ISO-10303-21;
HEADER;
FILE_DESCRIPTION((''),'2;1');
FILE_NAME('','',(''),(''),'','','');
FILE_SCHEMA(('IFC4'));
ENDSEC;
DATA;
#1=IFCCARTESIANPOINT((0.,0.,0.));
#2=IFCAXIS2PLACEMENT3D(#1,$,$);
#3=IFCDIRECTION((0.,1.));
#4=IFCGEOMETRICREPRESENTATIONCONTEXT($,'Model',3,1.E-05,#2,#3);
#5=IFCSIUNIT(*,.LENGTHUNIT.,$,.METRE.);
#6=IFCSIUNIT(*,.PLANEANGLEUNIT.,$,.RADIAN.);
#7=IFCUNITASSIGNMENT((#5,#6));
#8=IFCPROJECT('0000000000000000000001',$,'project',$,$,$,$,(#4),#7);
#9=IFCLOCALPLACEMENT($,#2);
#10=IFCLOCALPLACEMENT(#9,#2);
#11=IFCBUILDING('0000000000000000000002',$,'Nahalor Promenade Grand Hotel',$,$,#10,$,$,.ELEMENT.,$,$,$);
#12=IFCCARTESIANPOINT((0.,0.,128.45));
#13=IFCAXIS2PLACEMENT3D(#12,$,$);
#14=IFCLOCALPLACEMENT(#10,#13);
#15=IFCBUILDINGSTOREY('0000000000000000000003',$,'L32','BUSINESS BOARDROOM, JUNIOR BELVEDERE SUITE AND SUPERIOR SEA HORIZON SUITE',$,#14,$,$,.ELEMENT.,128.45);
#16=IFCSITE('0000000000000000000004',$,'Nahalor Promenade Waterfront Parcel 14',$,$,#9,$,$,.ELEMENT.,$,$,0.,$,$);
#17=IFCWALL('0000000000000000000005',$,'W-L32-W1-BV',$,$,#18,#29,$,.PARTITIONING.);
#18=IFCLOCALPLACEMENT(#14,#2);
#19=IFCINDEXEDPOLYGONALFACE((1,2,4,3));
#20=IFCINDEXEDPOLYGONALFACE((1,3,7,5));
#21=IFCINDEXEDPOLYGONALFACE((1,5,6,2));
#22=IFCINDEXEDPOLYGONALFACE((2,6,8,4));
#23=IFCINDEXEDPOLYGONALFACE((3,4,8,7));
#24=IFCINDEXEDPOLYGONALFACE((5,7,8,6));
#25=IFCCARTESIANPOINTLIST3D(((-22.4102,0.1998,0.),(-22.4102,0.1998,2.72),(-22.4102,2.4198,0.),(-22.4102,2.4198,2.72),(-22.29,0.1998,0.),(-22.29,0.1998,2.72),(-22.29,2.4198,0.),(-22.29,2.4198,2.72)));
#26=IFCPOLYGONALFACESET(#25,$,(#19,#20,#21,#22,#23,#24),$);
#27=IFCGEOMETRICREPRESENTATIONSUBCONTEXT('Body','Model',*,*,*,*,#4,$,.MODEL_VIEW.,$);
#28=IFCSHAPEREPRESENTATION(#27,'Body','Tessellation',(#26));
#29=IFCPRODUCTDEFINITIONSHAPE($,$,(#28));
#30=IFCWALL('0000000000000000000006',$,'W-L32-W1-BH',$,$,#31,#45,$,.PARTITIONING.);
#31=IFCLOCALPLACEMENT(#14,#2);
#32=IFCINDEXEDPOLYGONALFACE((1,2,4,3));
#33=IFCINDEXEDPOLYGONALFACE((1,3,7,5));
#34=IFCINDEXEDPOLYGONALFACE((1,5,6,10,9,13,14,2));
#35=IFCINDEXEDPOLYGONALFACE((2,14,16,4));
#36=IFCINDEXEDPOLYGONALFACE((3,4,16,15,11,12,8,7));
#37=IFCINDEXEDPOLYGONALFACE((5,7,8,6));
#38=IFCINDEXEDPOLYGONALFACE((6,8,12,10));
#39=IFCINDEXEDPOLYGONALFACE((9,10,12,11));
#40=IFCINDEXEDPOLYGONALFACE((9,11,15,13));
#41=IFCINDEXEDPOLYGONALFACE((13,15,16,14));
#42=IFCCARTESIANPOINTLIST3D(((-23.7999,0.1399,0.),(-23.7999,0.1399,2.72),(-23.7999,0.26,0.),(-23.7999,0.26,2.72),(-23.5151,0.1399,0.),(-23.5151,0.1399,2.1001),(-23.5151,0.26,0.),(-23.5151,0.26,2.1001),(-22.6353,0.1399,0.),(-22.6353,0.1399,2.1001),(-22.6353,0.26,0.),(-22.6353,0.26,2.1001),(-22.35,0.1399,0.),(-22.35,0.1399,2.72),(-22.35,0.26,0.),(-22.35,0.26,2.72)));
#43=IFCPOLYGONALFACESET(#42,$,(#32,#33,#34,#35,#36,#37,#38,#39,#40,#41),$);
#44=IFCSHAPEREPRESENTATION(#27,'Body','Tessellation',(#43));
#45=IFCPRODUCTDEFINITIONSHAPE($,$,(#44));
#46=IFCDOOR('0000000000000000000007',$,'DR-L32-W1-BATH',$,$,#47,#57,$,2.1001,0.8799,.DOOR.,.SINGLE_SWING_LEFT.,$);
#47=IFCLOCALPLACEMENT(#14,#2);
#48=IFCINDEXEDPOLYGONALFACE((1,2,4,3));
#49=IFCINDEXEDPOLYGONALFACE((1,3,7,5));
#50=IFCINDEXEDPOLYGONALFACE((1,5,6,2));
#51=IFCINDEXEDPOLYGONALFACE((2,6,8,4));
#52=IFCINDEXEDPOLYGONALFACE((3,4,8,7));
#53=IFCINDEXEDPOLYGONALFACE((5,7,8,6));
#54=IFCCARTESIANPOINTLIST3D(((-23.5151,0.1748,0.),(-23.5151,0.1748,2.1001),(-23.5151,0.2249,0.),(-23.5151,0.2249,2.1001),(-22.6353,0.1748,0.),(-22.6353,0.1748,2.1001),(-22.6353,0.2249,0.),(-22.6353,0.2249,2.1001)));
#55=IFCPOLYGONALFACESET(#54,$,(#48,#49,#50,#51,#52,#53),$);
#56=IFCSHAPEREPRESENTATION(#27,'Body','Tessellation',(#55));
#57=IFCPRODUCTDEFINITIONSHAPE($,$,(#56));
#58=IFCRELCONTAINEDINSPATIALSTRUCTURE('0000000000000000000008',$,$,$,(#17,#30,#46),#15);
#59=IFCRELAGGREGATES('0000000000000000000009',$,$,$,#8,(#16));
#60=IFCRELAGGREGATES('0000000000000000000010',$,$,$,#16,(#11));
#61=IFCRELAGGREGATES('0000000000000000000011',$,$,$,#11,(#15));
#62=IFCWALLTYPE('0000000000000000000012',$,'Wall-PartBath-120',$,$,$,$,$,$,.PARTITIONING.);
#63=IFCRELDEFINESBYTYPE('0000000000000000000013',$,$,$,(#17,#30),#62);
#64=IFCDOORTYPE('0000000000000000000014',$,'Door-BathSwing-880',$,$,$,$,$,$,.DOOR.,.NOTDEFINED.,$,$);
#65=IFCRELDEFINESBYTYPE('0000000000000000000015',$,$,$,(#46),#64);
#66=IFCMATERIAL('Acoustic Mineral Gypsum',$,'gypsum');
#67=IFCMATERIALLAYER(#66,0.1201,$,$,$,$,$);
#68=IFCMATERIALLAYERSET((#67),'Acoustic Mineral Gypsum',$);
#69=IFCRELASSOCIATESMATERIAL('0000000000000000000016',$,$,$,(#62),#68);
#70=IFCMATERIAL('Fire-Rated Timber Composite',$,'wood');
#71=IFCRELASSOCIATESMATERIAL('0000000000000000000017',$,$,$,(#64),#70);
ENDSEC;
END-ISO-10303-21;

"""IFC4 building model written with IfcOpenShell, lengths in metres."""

from ifc_helpers import new_model, si_unit, direction, frame, frame_2d, origin, place, context, subcontext, project, spatial, rectangle, extrude, source, transform, mapped, material, layer, layer_set, type_object, element, fill, save


model = new_model("IFC4")

# Units and contexts
model_context = context("Model", 3, precision=1e-05, world=origin(), true_north=direction((0.0, 1.0)))
body_context = subcontext(model_context, "Body", "Model", "MODEL_VIEW")
ifc_project = project(units=[si_unit("LENGTHUNIT", "METRE"), si_unit("PLANEANGLEUNIT", "RADIAN")], contexts=[model_context])

# Site, building, storey
site_placement = place(None, origin())
site = spatial("IfcSite", under=ifc_project, at=site_placement, Name="Nahalor Promenade Waterfront Parcel 14", CompositionType="ELEMENT", RefElevation=0.0)
building_placement = place(site_placement, origin())
building = spatial("IfcBuilding", under=site, at=building_placement, Name="Nahalor Promenade Grand Hotel", CompositionType="ELEMENT")
storey_placement = place(building_placement, frame((0.0, 0.0, 128.45)))
storey = spatial("IfcBuildingStorey", under=building, at=storey_placement, Name="L32", Description="BUSINESS BOARDROOM, JUNIOR BELVEDERE SUITE AND SUPERIOR SEA HORIZON SUITE", CompositionType="ELEMENT", Elevation=128.45)

# Shared definitions
ifc_material_1 = material(Name="Acoustic Mineral Gypsum", Category="gypsum")
ifc_material_2 = material(Name="Fire-Rated Timber Composite", Category="wood")

# Wall
ifc_layer_1 = layer(ifc_material_1, 0.1201)
ifc_layer_set_1 = layer_set([ifc_layer_1], Name="Acoustic Mineral Gypsum")
wall_type_1 = type_object("IfcWallType", Name="Wall-PartBath-120", PredefinedType="PARTITIONING", material=ifc_layer_set_1)
shared_shape_1 = source(origin(), body_context, "Body", "SweptSolid", [
    extrude(rectangle(XDim=2.22, YDim=0.1201, at=frame_2d((1.1099, 0.0))), origin(), (0.0, 0.0, 1.0), 2.72),
])
wall_1_placement = place(storey_placement, frame((-22.3501, 0.2, 0.0), z_axis=(0.0, 0.0, 1.0), x_axis=(0.0, 1.0, 0.0)))
element("IfcWall", 1, at=wall_1_placement, inside=storey, type_object=wall_type_1, Name="W-L32-W1-BV", PredefinedType="PARTITIONING", context=body_context, shape_type="MappedRepresentation", body=[
    mapped(shared_shape_1, transform((0.0, 0.0, 0.0), scale=1.0)),
])

# Wall, opening, door
shared_shape_2 = source(origin(), body_context, "Body", "SweptSolid", [
    extrude(rectangle(XDim=1.45, YDim=0.1201, at=frame_2d((0.7251, 0.0))), origin(), (0.0, 0.0, 1.0), 2.72),
])
wall_2_placement = place(storey_placement, frame((-23.8, 0.2, 0.0), z_axis=(0.0, 0.0, 1.0), x_axis=(1.0, 0.0, 0.0)))
wall_2 = element("IfcWall", 2, at=wall_2_placement, inside=storey, type_object=wall_type_1, Name="W-L32-W1-BH", PredefinedType="PARTITIONING", context=body_context, shape_type="MappedRepresentation", body=[
    mapped(shared_shape_2, transform((0.0, 0.0, 0.0), scale=1.0)),
])
opening_1_placement = place(wall_2_placement, frame((0.2849, 0.0, 0.0)))
opening_1 = element("IfcOpeningElement", 3, at=opening_1_placement, cuts=wall_2, PredefinedType="OPENING", context=body_context, shape_type="SweptSolid", body=[
    extrude(rectangle(XDim=0.8799, YDim=2.1001, at=frame_2d((0.4399, 1.05))), frame((0.0, 0.0701, 0.0), z_axis=(0.0, -1.0, 0.0), x_axis=(1.0, 0.0, 0.0)), (0.0, 0.0, 1.0), 0.1401),
])
door_type_1 = type_object("IfcDoorType", Name="Door-BathSwing-880", OperationType="NOTDEFINED", PredefinedType="DOOR", material=ifc_material_2)
shared_shape_3 = source(origin(), body_context, "Body", "SweptSolid", [
    extrude(rectangle(XDim=0.8799, YDim=2.1001, at=frame_2d((0.4399, 1.05))), frame((0.0, 0.0249, 0.0), z_axis=(0.0, -1.0, 0.0), x_axis=(1.0, 0.0, 0.0)), (0.0, 0.0, 1.0), 0.05),
])
door_1_placement = place(opening_1_placement, origin())
door_1 = element("IfcDoor", 4, at=door_1_placement, inside=storey, type_object=door_type_1, Name="DR-L32-W1-BATH", OperationType="SINGLE_SWING_LEFT", OverallHeight=2.1001, OverallWidth=0.8799, PredefinedType="DOOR", context=body_context, shape_type="MappedRepresentation", body=[
    mapped(shared_shape_3, transform((0.0, 0.0, 0.0), scale=1.0)),
])
fill(opening_1, door_1)

save(model, "model.ifc")
